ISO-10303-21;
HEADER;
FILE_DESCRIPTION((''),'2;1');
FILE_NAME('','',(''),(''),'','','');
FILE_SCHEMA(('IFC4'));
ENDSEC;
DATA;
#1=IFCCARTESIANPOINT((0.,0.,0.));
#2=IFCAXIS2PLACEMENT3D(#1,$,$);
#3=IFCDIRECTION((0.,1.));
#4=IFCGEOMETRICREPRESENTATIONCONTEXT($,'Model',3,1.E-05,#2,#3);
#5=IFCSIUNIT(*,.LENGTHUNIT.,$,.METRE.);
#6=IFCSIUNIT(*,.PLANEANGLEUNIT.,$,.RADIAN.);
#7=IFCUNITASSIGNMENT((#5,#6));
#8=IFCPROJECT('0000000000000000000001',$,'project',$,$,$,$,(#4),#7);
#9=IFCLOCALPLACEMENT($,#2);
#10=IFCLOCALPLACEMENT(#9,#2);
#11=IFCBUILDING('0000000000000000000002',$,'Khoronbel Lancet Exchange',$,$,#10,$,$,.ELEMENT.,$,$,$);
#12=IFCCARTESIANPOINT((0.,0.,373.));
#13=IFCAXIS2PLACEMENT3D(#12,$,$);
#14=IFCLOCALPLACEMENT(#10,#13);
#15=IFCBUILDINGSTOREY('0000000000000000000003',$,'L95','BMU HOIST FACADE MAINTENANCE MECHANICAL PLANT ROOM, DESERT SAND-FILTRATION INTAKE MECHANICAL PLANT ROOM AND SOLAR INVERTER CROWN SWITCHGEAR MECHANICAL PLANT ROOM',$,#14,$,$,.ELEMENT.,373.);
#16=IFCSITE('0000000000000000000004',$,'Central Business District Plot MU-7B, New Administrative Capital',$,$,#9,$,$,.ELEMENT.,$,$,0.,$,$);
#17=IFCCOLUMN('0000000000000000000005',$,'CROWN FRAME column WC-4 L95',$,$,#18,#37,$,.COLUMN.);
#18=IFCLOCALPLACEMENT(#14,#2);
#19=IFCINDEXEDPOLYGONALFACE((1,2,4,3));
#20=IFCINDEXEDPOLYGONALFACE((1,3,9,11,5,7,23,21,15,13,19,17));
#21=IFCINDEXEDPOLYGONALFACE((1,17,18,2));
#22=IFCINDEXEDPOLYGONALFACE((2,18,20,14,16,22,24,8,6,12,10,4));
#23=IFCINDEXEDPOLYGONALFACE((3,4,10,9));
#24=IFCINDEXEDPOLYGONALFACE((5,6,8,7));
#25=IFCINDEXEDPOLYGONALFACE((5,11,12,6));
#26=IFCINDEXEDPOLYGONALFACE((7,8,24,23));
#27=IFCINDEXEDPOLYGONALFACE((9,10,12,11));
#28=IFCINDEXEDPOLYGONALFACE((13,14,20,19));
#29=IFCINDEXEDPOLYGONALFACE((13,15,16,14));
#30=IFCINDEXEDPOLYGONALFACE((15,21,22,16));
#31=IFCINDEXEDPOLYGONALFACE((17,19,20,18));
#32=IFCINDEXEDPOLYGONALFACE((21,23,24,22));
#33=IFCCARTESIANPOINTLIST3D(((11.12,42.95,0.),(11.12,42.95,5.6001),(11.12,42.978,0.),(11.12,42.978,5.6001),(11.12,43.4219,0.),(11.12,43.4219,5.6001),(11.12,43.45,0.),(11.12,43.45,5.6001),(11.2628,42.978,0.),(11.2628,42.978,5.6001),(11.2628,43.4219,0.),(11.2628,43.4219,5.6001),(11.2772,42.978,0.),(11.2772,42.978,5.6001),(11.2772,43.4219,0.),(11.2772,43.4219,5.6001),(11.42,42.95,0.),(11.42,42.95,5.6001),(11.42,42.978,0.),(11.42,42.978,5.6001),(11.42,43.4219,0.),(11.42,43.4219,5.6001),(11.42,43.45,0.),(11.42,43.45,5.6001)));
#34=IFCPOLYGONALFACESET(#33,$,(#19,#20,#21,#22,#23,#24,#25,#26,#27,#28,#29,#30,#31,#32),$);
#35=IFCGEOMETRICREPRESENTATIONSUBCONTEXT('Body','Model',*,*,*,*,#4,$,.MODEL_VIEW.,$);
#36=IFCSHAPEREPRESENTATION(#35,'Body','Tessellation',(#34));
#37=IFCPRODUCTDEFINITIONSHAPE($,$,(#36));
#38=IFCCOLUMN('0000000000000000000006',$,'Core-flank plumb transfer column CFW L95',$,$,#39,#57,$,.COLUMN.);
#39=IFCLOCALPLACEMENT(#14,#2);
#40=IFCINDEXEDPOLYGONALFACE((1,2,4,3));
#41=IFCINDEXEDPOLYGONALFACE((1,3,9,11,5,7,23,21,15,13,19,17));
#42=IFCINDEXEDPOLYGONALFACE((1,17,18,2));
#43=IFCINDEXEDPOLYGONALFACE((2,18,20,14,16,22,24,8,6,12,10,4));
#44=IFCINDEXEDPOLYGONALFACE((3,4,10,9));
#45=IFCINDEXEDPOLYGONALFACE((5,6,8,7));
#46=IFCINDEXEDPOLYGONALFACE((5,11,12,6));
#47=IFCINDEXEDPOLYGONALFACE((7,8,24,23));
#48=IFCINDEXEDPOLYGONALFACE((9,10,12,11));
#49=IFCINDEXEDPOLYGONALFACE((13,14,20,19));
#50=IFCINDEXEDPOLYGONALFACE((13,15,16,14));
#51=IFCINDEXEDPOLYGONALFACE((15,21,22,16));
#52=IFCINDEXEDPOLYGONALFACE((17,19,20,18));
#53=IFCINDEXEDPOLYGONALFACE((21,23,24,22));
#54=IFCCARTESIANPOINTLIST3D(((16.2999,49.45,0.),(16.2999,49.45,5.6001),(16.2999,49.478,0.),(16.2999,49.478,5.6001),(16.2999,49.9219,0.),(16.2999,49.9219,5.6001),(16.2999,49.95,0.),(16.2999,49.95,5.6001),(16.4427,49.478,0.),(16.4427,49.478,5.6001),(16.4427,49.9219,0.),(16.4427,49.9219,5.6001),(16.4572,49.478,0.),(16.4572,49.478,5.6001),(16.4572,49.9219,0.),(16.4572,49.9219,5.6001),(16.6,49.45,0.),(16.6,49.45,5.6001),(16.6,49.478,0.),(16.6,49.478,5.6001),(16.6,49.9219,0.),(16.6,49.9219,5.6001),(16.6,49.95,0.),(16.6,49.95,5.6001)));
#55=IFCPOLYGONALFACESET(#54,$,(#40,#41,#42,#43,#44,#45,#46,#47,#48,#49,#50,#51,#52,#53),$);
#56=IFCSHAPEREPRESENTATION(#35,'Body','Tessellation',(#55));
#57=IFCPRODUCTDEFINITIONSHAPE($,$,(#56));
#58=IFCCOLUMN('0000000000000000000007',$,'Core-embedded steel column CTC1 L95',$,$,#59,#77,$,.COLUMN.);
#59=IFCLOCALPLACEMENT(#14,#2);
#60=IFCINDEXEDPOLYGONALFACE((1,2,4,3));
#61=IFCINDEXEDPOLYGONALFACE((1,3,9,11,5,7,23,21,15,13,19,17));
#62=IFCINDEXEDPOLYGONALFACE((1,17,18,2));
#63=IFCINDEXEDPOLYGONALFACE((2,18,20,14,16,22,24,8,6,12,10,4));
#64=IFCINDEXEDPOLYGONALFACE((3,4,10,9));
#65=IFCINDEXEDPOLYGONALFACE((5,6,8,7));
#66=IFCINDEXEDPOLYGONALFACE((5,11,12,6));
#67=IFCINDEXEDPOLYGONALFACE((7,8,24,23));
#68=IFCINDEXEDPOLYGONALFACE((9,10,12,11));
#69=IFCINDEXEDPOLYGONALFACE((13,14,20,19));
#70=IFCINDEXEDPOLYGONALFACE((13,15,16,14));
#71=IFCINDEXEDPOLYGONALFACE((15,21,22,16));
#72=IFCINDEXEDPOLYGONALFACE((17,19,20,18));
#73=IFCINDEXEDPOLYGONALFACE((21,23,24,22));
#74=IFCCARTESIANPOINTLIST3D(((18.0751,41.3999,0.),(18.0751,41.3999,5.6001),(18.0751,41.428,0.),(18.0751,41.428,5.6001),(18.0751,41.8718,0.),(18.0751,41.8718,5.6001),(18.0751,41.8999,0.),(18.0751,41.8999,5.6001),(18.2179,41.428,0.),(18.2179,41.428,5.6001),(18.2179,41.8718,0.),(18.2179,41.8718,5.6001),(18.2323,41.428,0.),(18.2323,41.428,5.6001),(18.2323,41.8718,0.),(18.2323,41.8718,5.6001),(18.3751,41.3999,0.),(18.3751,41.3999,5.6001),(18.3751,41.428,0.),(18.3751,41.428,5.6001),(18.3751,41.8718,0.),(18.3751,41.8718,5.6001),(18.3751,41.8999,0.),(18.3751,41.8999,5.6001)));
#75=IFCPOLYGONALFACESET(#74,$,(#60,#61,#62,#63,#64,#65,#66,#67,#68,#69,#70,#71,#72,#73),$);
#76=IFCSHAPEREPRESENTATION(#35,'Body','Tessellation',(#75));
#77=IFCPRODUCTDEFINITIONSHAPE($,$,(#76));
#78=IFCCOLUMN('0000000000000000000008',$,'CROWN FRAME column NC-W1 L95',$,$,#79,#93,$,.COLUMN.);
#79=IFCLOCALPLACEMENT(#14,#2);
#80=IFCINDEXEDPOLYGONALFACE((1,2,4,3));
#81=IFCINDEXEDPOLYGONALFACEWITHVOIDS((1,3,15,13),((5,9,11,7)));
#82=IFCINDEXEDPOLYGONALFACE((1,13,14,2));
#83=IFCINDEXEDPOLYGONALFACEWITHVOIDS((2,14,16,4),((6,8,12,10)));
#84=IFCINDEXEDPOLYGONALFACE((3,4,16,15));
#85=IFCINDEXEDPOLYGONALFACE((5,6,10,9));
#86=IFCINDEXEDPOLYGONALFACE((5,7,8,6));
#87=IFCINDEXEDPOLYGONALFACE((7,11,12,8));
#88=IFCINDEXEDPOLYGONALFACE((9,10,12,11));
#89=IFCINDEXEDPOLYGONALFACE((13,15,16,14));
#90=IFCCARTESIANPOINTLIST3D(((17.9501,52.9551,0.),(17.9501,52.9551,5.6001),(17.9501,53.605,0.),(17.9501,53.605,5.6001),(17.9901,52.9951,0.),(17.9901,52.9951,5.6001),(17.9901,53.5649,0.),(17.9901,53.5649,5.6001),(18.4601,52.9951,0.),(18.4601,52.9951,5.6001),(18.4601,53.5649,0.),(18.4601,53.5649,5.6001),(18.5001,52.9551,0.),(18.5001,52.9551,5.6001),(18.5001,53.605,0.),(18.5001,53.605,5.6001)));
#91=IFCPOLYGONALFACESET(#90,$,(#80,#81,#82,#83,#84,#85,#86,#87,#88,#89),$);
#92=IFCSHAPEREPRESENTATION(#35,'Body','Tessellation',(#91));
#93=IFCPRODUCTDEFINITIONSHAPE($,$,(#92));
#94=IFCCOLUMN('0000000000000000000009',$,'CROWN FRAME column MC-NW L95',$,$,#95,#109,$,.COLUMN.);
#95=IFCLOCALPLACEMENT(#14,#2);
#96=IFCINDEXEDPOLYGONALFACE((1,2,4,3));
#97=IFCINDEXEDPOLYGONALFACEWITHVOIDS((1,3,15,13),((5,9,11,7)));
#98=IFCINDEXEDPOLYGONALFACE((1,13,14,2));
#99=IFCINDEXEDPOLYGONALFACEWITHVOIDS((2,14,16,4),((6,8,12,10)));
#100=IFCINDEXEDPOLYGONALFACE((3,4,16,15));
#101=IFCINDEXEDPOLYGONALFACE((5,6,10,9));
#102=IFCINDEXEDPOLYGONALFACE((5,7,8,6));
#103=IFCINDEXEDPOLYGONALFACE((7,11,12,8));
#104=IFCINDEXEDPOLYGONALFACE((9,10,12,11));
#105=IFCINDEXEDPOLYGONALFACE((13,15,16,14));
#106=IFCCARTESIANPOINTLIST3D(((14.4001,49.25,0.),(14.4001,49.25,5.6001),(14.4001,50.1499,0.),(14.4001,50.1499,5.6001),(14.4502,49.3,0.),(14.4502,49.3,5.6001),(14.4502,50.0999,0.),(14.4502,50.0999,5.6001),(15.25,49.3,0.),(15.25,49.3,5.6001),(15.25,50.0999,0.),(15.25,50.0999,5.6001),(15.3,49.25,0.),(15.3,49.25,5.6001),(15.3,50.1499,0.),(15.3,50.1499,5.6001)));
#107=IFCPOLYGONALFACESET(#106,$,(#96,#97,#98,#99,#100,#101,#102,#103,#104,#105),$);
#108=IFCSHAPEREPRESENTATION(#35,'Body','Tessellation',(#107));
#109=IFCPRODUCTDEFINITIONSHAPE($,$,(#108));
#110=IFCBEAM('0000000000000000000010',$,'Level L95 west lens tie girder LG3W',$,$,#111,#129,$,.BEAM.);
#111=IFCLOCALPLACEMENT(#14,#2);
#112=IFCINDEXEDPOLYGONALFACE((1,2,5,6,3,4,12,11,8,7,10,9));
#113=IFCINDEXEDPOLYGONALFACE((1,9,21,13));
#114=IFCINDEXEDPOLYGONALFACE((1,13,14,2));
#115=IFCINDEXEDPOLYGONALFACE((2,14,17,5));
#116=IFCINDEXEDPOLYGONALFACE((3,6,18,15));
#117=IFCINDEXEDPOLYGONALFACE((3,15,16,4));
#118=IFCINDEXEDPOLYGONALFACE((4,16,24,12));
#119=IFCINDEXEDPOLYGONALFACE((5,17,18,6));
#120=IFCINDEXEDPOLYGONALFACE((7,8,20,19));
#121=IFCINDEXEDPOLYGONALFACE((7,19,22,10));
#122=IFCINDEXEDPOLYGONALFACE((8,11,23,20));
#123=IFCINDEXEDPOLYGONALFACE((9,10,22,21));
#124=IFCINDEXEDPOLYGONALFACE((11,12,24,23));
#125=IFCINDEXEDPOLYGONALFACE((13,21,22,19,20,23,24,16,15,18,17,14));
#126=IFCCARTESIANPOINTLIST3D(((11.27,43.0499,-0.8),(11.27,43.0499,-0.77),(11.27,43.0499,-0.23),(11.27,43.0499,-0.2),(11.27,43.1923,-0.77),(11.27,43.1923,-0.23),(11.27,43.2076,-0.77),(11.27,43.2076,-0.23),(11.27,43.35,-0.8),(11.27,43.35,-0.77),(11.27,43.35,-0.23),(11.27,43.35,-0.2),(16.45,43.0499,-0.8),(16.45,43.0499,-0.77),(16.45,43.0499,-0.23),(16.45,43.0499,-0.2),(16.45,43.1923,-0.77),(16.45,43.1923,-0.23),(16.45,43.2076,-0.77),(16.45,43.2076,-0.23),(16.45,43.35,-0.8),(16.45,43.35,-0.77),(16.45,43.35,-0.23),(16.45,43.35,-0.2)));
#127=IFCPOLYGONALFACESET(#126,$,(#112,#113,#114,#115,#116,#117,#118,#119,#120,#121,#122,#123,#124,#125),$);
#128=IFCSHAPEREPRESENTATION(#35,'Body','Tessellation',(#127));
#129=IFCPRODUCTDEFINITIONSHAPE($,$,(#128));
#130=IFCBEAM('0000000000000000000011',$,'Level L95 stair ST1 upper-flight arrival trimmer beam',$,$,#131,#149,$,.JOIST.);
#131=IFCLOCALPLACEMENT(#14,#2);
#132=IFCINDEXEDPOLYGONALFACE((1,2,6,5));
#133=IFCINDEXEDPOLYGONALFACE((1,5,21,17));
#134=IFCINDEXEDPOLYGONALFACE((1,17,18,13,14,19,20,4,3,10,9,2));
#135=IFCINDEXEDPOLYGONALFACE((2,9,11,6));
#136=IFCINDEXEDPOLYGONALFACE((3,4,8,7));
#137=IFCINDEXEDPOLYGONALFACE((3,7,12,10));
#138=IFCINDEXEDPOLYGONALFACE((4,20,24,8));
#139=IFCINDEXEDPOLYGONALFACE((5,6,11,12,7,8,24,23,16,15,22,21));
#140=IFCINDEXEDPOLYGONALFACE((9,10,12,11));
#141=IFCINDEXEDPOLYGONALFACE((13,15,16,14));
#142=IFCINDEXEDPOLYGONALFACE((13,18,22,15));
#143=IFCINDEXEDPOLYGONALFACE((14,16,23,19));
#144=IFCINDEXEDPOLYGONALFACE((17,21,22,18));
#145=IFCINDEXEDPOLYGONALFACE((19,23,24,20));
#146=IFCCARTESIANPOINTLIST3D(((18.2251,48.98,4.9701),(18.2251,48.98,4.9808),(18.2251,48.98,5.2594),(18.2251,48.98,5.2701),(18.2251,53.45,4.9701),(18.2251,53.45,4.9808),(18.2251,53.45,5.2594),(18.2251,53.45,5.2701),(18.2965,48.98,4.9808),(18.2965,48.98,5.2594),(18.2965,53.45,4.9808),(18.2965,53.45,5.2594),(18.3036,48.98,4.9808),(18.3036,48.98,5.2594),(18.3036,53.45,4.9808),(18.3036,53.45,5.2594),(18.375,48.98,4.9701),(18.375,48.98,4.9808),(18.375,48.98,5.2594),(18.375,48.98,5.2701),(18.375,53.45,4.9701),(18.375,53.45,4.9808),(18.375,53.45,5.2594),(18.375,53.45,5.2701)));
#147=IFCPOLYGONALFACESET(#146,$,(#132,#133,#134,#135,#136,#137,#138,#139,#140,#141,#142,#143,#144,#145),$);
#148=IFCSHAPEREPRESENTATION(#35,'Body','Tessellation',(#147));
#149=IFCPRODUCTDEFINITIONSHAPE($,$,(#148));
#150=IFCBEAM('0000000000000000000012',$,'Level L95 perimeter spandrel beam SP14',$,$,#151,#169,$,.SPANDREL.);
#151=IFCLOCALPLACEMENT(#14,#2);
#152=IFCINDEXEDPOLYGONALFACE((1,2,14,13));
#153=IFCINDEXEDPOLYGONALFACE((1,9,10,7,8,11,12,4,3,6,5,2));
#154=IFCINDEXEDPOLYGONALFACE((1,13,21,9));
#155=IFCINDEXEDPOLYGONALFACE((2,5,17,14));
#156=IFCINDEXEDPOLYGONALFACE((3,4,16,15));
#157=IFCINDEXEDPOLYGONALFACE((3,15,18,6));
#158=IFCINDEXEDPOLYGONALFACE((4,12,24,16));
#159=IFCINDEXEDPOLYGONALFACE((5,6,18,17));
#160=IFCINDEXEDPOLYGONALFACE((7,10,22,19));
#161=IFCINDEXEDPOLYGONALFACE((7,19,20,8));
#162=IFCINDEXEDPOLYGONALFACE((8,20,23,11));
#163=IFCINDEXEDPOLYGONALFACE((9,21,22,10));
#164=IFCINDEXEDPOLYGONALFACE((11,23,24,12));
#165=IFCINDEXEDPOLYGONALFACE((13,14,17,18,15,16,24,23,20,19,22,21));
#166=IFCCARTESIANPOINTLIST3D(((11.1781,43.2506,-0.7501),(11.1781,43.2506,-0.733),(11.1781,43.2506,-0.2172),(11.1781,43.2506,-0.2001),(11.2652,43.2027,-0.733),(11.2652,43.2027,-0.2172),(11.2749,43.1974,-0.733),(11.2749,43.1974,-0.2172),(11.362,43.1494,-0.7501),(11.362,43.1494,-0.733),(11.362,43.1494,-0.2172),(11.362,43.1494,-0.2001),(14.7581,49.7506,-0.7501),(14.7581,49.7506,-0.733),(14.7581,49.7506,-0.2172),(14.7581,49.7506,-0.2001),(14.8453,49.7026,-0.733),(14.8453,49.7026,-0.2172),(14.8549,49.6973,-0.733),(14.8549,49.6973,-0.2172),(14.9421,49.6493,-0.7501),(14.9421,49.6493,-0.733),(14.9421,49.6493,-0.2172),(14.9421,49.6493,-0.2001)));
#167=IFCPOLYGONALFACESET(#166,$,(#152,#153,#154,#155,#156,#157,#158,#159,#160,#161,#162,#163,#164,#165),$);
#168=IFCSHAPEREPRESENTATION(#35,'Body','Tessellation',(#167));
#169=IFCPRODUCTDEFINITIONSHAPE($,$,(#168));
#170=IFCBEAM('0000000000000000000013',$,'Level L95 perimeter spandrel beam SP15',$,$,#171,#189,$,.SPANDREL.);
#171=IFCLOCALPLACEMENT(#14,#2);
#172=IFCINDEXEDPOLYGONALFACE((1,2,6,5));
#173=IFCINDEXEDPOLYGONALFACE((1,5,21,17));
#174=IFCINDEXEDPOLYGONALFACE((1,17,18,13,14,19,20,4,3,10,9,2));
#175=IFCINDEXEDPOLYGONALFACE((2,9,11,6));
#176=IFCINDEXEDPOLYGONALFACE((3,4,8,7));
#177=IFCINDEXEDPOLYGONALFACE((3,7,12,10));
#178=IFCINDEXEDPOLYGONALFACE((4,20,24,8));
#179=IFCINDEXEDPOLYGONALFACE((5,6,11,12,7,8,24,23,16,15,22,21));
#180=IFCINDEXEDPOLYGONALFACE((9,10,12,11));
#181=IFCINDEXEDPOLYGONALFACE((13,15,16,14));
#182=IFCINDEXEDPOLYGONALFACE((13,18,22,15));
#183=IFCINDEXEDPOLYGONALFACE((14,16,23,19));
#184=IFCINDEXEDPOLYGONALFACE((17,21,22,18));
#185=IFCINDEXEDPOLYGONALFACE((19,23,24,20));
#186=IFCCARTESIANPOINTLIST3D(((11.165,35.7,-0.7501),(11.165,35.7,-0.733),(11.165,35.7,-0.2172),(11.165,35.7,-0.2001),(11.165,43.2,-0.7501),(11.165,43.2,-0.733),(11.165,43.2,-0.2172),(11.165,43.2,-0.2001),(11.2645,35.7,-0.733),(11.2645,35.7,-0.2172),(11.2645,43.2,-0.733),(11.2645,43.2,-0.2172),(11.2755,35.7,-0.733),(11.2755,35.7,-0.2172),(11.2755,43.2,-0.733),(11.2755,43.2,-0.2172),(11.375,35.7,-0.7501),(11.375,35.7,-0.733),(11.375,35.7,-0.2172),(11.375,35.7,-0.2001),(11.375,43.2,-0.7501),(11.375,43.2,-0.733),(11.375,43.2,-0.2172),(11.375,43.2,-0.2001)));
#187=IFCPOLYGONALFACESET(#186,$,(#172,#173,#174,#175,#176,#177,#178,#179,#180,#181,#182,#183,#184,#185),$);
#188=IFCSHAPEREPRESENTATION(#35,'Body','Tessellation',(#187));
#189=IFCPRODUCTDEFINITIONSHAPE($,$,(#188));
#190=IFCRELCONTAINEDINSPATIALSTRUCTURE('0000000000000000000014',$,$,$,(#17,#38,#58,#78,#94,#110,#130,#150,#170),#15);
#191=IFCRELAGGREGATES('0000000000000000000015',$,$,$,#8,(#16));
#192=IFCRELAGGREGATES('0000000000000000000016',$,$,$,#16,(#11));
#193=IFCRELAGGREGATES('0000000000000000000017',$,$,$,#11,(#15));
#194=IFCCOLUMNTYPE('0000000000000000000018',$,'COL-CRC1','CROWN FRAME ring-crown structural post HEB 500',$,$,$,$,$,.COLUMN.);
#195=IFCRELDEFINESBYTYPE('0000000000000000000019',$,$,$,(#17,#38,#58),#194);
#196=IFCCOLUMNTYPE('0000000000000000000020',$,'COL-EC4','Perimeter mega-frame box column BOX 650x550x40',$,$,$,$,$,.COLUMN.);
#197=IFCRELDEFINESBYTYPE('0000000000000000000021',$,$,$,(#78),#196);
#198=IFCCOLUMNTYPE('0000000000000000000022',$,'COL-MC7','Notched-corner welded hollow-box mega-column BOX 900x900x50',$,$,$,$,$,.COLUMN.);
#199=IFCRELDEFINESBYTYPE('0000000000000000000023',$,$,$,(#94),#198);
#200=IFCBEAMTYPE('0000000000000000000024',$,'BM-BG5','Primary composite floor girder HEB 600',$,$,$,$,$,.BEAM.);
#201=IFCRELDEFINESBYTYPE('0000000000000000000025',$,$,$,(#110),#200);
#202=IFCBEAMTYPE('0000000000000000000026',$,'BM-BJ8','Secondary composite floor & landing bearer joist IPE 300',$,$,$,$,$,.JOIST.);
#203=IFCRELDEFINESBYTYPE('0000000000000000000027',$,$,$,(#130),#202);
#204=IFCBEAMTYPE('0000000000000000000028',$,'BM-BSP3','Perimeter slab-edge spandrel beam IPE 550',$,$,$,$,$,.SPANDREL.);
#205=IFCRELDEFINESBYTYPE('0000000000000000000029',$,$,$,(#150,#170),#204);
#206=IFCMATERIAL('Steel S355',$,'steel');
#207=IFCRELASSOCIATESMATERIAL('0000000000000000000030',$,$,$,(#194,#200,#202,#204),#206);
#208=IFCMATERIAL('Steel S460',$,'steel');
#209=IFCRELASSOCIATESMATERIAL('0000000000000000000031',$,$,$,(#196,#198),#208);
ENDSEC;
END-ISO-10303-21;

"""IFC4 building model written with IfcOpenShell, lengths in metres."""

from ifc_helpers import new_model, si_unit, direction, frame, origin, origin_2d, place, context, subcontext, project, spatial, hollow_rectangle, i_section, extrude, material, material_profile, profile_set, type_object, element, save


model = new_model("IFC4")

# Units and contexts
model_context = context("Model", 3, precision=1e-05, world=origin(), true_north=direction((0.0, 1.0)))
body_context = subcontext(model_context, "Body", "Model", "MODEL_VIEW")
ifc_project = project(units=[si_unit("LENGTHUNIT", "METRE"), si_unit("PLANEANGLEUNIT", "RADIAN")], contexts=[model_context])

# Site, building, storey
site_placement = place(None, origin())
site = spatial("IfcSite", under=ifc_project, at=site_placement, Name="Central Business District Plot MU-7B, New Administrative Capital", CompositionType="ELEMENT", RefElevation=0.0)
building_placement = place(site_placement, origin())
building = spatial("IfcBuilding", under=site, at=building_placement, Name="Khoronbel Lancet Exchange", CompositionType="ELEMENT")
storey_placement = place(building_placement, frame((0.0, 0.0, 373.0)))
storey = spatial("IfcBuildingStorey", under=building, at=storey_placement, Name="L95", Description="BMU HOIST FACADE MAINTENANCE MECHANICAL PLANT ROOM, DESERT SAND-FILTRATION INTAKE MECHANICAL PLANT ROOM AND SOLAR INVERTER CROWN SWITCHGEAR MECHANICAL PLANT ROOM", CompositionType="ELEMENT", Elevation=373.0)

# Columns
ifc_material_1 = material(Name="Steel S355", Category="steel")
ifc_material_profile_1 = material_profile(ifc_material_1, i_section(OverallWidth=0.3, OverallDepth=0.5, WebThickness=0.0144, FlangeThickness=0.0281, at=origin_2d()), Name="HEB 500")
ifc_profile_set_1 = profile_set([ifc_material_profile_1], Name="Steel S355")
column_type_1 = type_object("IfcColumnType", Name="COL-CRC1", Description="CROWN FRAME ring-crown structural post HEB 500", PredefinedType="COLUMN", material=ifc_profile_set_1)
for number, where, z_axis, x_axis, name in (
    (1, (11.27, 43.2, 0.0), (0.0, 0.0, 1.0), (1.0, 0.0, 0.0), "CROWN FRAME column WC-4 L95"),
    (2, (16.45, 49.7, 0.0), (0.0, 0.0, 1.0), (1.0, 0.0, 0.0), "Core-flank plumb transfer column CFW L95"),
    (3, (18.2251, 41.6499, 0.0), (0.0, 0.0, 1.0), (1.0, 0.0, 0.0), "Core-embedded steel column CTC1 L95"),
):
    element("IfcColumn", number, at=place(storey_placement, frame(where, z_axis=z_axis, x_axis=x_axis)), inside=storey, type_object=column_type_1, Name=name, PredefinedType="COLUMN", context=body_context, shape_type="SweptSolid", body=[
        extrude(i_section(OverallWidth=0.3, OverallDepth=0.5, WebThickness=0.0144, FlangeThickness=0.0281, at=origin_2d()), origin(), (0.0, 0.0, 1.0), 5.6001),
    ])
ifc_material_2 = material(Name="Steel S460", Category="steel")
ifc_material_profile_2 = material_profile(ifc_material_2, hollow_rectangle(XDim=0.55, YDim=0.6499, WallThickness=0.04, at=origin_2d()), Name="BOX 650x550x40")
ifc_profile_set_2 = profile_set([ifc_material_profile_2], Name="Steel S460")
column_type_2 = type_object("IfcColumnType", Name="COL-EC4", Description="Perimeter mega-frame box column BOX 650x550x40", PredefinedType="COLUMN", material=ifc_profile_set_2)
column_1_placement = place(storey_placement, frame((18.2251, 53.28, 0.0), z_axis=(0.0, 0.0, 1.0), x_axis=(1.0, 0.0, 0.0)))
element("IfcColumn", 4, at=column_1_placement, inside=storey, type_object=column_type_2, Name="CROWN FRAME column NC-W1 L95", PredefinedType="COLUMN", context=body_context, shape_type="SweptSolid", body=[
    extrude(hollow_rectangle(XDim=0.55, YDim=0.6499, WallThickness=0.04, at=origin_2d()), origin(), (0.0, 0.0, 1.0), 5.6001),
])
ifc_material_profile_3 = material_profile(ifc_material_2, hollow_rectangle(XDim=0.8999, YDim=0.8999, WallThickness=0.05, at=origin_2d()), Name="BOX 900x900x50")
ifc_profile_set_3 = profile_set([ifc_material_profile_3], Name="Steel S460")
column_type_3 = type_object("IfcColumnType", Name="COL-MC7", Description="Notched-corner welded hollow-box mega-column BOX 900x900x50", PredefinedType="COLUMN", material=ifc_profile_set_3)
column_2_placement = place(storey_placement, frame((14.8501, 49.7, 0.0), z_axis=(0.0, 0.0, 1.0), x_axis=(1.0, 0.0, 0.0)))
element("IfcColumn", 5, at=column_2_placement, inside=storey, type_object=column_type_3, Name="CROWN FRAME column MC-NW L95", PredefinedType="COLUMN", context=body_context, shape_type="SweptSolid", body=[
    extrude(hollow_rectangle(XDim=0.8999, YDim=0.8999, WallThickness=0.05, at=origin_2d()), origin(), (0.0, 0.0, 1.0), 5.6001),
])

# Beams
ifc_material_profile_4 = material_profile(ifc_material_1, i_section(OverallWidth=0.3, OverallDepth=0.6001, WebThickness=0.0154, FlangeThickness=0.03, at=origin_2d()), Name="HEB 600")
ifc_profile_set_4 = profile_set([ifc_material_profile_4], Name="Steel S355")
beam_type_1 = type_object("IfcBeamType", Name="BM-BG5", Description="Primary composite floor girder HEB 600", PredefinedType="BEAM", material=ifc_profile_set_4)
beam_1_placement = place(storey_placement, frame((11.27, 43.2, -0.5), z_axis=(1.0, 0.0, 0.0), x_axis=(0.0, 1.0, 0.0)))
element("IfcBeam", 6, at=beam_1_placement, inside=storey, type_object=beam_type_1, Name="Level L95 west lens tie girder LG3W", PredefinedType="BEAM", context=body_context, shape_type="SweptSolid", body=[
    extrude(i_section(OverallWidth=0.3, OverallDepth=0.6001, WebThickness=0.0154, FlangeThickness=0.03, at=origin_2d()), origin(), (0.0, 0.0, 1.0), 5.1799),
])
ifc_material_profile_5 = material_profile(ifc_material_1, i_section(OverallWidth=0.1499, OverallDepth=0.3, WebThickness=0.0071, FlangeThickness=0.0107, at=origin_2d()), Name="IPE 300")
ifc_profile_set_5 = profile_set([ifc_material_profile_5], Name="Steel S355")
beam_type_2 = type_object("IfcBeamType", Name="BM-BJ8", Description="Secondary composite floor & landing bearer joist IPE 300", PredefinedType="JOIST", material=ifc_profile_set_5)
beam_2_placement = place(storey_placement, frame((18.3, 48.98, 5.1201), z_axis=(0.0, 1.0, 0.0), x_axis=(-1.0, 0.0, 0.0)))
element("IfcBeam", 7, at=beam_2_placement, inside=storey, type_object=beam_type_2, Name="Level L95 stair ST1 upper-flight arrival trimmer beam", PredefinedType="JOIST", context=body_context, shape_type="SweptSolid", body=[
    extrude(i_section(OverallWidth=0.1499, OverallDepth=0.3, WebThickness=0.0071, FlangeThickness=0.0107, at=origin_2d()), origin(), (0.0, 0.0, 1.0), 4.47),
])
ifc_material_profile_6 = material_profile(ifc_material_1, i_section(OverallWidth=0.21, OverallDepth=0.55, WebThickness=0.011, FlangeThickness=0.0171, at=origin_2d()), Name="IPE 550")
ifc_profile_set_6 = profile_set([ifc_material_profile_6], Name="Steel S355")
beam_type_3 = type_object("IfcBeamType", Name="BM-BSP3", Description="Perimeter slab-edge spandrel beam IPE 550", PredefinedType="SPANDREL", material=ifc_profile_set_6)
beam_3_placement = place(storey_placement, frame((14.8501, 49.7, -0.4751), z_axis=(-0.482444, -0.875927, 0.0), x_axis=(0.875927, -0.482444, 0.0)))
element("IfcBeam", 8, at=beam_3_placement, inside=storey, type_object=beam_type_3, Name="Level L95 perimeter spandrel beam SP14", PredefinedType="SPANDREL", context=body_context, shape_type="SweptSolid", body=[
    extrude(i_section(OverallWidth=0.21, OverallDepth=0.55, WebThickness=0.011, FlangeThickness=0.0171, at=origin_2d()), origin(), (0.0, 0.0, 1.0), 7.4207),
])
beam_4_placement = place(storey_placement, frame((11.27, 43.2, -0.4751), z_axis=(0.0, -1.0, 0.0), x_axis=(1.0, 0.0, 0.0)))
element("IfcBeam", 9, at=beam_4_placement, inside=storey, type_object=beam_type_3, Name="Level L95 perimeter spandrel beam SP15", PredefinedType="SPANDREL", context=body_context, shape_type="SweptSolid", body=[
    extrude(i_section(OverallWidth=0.21, OverallDepth=0.55, WebThickness=0.011, FlangeThickness=0.0171, at=origin_2d()), origin(), (0.0, 0.0, 1.0), 7.5),
])

save(model, "model.ifc")
